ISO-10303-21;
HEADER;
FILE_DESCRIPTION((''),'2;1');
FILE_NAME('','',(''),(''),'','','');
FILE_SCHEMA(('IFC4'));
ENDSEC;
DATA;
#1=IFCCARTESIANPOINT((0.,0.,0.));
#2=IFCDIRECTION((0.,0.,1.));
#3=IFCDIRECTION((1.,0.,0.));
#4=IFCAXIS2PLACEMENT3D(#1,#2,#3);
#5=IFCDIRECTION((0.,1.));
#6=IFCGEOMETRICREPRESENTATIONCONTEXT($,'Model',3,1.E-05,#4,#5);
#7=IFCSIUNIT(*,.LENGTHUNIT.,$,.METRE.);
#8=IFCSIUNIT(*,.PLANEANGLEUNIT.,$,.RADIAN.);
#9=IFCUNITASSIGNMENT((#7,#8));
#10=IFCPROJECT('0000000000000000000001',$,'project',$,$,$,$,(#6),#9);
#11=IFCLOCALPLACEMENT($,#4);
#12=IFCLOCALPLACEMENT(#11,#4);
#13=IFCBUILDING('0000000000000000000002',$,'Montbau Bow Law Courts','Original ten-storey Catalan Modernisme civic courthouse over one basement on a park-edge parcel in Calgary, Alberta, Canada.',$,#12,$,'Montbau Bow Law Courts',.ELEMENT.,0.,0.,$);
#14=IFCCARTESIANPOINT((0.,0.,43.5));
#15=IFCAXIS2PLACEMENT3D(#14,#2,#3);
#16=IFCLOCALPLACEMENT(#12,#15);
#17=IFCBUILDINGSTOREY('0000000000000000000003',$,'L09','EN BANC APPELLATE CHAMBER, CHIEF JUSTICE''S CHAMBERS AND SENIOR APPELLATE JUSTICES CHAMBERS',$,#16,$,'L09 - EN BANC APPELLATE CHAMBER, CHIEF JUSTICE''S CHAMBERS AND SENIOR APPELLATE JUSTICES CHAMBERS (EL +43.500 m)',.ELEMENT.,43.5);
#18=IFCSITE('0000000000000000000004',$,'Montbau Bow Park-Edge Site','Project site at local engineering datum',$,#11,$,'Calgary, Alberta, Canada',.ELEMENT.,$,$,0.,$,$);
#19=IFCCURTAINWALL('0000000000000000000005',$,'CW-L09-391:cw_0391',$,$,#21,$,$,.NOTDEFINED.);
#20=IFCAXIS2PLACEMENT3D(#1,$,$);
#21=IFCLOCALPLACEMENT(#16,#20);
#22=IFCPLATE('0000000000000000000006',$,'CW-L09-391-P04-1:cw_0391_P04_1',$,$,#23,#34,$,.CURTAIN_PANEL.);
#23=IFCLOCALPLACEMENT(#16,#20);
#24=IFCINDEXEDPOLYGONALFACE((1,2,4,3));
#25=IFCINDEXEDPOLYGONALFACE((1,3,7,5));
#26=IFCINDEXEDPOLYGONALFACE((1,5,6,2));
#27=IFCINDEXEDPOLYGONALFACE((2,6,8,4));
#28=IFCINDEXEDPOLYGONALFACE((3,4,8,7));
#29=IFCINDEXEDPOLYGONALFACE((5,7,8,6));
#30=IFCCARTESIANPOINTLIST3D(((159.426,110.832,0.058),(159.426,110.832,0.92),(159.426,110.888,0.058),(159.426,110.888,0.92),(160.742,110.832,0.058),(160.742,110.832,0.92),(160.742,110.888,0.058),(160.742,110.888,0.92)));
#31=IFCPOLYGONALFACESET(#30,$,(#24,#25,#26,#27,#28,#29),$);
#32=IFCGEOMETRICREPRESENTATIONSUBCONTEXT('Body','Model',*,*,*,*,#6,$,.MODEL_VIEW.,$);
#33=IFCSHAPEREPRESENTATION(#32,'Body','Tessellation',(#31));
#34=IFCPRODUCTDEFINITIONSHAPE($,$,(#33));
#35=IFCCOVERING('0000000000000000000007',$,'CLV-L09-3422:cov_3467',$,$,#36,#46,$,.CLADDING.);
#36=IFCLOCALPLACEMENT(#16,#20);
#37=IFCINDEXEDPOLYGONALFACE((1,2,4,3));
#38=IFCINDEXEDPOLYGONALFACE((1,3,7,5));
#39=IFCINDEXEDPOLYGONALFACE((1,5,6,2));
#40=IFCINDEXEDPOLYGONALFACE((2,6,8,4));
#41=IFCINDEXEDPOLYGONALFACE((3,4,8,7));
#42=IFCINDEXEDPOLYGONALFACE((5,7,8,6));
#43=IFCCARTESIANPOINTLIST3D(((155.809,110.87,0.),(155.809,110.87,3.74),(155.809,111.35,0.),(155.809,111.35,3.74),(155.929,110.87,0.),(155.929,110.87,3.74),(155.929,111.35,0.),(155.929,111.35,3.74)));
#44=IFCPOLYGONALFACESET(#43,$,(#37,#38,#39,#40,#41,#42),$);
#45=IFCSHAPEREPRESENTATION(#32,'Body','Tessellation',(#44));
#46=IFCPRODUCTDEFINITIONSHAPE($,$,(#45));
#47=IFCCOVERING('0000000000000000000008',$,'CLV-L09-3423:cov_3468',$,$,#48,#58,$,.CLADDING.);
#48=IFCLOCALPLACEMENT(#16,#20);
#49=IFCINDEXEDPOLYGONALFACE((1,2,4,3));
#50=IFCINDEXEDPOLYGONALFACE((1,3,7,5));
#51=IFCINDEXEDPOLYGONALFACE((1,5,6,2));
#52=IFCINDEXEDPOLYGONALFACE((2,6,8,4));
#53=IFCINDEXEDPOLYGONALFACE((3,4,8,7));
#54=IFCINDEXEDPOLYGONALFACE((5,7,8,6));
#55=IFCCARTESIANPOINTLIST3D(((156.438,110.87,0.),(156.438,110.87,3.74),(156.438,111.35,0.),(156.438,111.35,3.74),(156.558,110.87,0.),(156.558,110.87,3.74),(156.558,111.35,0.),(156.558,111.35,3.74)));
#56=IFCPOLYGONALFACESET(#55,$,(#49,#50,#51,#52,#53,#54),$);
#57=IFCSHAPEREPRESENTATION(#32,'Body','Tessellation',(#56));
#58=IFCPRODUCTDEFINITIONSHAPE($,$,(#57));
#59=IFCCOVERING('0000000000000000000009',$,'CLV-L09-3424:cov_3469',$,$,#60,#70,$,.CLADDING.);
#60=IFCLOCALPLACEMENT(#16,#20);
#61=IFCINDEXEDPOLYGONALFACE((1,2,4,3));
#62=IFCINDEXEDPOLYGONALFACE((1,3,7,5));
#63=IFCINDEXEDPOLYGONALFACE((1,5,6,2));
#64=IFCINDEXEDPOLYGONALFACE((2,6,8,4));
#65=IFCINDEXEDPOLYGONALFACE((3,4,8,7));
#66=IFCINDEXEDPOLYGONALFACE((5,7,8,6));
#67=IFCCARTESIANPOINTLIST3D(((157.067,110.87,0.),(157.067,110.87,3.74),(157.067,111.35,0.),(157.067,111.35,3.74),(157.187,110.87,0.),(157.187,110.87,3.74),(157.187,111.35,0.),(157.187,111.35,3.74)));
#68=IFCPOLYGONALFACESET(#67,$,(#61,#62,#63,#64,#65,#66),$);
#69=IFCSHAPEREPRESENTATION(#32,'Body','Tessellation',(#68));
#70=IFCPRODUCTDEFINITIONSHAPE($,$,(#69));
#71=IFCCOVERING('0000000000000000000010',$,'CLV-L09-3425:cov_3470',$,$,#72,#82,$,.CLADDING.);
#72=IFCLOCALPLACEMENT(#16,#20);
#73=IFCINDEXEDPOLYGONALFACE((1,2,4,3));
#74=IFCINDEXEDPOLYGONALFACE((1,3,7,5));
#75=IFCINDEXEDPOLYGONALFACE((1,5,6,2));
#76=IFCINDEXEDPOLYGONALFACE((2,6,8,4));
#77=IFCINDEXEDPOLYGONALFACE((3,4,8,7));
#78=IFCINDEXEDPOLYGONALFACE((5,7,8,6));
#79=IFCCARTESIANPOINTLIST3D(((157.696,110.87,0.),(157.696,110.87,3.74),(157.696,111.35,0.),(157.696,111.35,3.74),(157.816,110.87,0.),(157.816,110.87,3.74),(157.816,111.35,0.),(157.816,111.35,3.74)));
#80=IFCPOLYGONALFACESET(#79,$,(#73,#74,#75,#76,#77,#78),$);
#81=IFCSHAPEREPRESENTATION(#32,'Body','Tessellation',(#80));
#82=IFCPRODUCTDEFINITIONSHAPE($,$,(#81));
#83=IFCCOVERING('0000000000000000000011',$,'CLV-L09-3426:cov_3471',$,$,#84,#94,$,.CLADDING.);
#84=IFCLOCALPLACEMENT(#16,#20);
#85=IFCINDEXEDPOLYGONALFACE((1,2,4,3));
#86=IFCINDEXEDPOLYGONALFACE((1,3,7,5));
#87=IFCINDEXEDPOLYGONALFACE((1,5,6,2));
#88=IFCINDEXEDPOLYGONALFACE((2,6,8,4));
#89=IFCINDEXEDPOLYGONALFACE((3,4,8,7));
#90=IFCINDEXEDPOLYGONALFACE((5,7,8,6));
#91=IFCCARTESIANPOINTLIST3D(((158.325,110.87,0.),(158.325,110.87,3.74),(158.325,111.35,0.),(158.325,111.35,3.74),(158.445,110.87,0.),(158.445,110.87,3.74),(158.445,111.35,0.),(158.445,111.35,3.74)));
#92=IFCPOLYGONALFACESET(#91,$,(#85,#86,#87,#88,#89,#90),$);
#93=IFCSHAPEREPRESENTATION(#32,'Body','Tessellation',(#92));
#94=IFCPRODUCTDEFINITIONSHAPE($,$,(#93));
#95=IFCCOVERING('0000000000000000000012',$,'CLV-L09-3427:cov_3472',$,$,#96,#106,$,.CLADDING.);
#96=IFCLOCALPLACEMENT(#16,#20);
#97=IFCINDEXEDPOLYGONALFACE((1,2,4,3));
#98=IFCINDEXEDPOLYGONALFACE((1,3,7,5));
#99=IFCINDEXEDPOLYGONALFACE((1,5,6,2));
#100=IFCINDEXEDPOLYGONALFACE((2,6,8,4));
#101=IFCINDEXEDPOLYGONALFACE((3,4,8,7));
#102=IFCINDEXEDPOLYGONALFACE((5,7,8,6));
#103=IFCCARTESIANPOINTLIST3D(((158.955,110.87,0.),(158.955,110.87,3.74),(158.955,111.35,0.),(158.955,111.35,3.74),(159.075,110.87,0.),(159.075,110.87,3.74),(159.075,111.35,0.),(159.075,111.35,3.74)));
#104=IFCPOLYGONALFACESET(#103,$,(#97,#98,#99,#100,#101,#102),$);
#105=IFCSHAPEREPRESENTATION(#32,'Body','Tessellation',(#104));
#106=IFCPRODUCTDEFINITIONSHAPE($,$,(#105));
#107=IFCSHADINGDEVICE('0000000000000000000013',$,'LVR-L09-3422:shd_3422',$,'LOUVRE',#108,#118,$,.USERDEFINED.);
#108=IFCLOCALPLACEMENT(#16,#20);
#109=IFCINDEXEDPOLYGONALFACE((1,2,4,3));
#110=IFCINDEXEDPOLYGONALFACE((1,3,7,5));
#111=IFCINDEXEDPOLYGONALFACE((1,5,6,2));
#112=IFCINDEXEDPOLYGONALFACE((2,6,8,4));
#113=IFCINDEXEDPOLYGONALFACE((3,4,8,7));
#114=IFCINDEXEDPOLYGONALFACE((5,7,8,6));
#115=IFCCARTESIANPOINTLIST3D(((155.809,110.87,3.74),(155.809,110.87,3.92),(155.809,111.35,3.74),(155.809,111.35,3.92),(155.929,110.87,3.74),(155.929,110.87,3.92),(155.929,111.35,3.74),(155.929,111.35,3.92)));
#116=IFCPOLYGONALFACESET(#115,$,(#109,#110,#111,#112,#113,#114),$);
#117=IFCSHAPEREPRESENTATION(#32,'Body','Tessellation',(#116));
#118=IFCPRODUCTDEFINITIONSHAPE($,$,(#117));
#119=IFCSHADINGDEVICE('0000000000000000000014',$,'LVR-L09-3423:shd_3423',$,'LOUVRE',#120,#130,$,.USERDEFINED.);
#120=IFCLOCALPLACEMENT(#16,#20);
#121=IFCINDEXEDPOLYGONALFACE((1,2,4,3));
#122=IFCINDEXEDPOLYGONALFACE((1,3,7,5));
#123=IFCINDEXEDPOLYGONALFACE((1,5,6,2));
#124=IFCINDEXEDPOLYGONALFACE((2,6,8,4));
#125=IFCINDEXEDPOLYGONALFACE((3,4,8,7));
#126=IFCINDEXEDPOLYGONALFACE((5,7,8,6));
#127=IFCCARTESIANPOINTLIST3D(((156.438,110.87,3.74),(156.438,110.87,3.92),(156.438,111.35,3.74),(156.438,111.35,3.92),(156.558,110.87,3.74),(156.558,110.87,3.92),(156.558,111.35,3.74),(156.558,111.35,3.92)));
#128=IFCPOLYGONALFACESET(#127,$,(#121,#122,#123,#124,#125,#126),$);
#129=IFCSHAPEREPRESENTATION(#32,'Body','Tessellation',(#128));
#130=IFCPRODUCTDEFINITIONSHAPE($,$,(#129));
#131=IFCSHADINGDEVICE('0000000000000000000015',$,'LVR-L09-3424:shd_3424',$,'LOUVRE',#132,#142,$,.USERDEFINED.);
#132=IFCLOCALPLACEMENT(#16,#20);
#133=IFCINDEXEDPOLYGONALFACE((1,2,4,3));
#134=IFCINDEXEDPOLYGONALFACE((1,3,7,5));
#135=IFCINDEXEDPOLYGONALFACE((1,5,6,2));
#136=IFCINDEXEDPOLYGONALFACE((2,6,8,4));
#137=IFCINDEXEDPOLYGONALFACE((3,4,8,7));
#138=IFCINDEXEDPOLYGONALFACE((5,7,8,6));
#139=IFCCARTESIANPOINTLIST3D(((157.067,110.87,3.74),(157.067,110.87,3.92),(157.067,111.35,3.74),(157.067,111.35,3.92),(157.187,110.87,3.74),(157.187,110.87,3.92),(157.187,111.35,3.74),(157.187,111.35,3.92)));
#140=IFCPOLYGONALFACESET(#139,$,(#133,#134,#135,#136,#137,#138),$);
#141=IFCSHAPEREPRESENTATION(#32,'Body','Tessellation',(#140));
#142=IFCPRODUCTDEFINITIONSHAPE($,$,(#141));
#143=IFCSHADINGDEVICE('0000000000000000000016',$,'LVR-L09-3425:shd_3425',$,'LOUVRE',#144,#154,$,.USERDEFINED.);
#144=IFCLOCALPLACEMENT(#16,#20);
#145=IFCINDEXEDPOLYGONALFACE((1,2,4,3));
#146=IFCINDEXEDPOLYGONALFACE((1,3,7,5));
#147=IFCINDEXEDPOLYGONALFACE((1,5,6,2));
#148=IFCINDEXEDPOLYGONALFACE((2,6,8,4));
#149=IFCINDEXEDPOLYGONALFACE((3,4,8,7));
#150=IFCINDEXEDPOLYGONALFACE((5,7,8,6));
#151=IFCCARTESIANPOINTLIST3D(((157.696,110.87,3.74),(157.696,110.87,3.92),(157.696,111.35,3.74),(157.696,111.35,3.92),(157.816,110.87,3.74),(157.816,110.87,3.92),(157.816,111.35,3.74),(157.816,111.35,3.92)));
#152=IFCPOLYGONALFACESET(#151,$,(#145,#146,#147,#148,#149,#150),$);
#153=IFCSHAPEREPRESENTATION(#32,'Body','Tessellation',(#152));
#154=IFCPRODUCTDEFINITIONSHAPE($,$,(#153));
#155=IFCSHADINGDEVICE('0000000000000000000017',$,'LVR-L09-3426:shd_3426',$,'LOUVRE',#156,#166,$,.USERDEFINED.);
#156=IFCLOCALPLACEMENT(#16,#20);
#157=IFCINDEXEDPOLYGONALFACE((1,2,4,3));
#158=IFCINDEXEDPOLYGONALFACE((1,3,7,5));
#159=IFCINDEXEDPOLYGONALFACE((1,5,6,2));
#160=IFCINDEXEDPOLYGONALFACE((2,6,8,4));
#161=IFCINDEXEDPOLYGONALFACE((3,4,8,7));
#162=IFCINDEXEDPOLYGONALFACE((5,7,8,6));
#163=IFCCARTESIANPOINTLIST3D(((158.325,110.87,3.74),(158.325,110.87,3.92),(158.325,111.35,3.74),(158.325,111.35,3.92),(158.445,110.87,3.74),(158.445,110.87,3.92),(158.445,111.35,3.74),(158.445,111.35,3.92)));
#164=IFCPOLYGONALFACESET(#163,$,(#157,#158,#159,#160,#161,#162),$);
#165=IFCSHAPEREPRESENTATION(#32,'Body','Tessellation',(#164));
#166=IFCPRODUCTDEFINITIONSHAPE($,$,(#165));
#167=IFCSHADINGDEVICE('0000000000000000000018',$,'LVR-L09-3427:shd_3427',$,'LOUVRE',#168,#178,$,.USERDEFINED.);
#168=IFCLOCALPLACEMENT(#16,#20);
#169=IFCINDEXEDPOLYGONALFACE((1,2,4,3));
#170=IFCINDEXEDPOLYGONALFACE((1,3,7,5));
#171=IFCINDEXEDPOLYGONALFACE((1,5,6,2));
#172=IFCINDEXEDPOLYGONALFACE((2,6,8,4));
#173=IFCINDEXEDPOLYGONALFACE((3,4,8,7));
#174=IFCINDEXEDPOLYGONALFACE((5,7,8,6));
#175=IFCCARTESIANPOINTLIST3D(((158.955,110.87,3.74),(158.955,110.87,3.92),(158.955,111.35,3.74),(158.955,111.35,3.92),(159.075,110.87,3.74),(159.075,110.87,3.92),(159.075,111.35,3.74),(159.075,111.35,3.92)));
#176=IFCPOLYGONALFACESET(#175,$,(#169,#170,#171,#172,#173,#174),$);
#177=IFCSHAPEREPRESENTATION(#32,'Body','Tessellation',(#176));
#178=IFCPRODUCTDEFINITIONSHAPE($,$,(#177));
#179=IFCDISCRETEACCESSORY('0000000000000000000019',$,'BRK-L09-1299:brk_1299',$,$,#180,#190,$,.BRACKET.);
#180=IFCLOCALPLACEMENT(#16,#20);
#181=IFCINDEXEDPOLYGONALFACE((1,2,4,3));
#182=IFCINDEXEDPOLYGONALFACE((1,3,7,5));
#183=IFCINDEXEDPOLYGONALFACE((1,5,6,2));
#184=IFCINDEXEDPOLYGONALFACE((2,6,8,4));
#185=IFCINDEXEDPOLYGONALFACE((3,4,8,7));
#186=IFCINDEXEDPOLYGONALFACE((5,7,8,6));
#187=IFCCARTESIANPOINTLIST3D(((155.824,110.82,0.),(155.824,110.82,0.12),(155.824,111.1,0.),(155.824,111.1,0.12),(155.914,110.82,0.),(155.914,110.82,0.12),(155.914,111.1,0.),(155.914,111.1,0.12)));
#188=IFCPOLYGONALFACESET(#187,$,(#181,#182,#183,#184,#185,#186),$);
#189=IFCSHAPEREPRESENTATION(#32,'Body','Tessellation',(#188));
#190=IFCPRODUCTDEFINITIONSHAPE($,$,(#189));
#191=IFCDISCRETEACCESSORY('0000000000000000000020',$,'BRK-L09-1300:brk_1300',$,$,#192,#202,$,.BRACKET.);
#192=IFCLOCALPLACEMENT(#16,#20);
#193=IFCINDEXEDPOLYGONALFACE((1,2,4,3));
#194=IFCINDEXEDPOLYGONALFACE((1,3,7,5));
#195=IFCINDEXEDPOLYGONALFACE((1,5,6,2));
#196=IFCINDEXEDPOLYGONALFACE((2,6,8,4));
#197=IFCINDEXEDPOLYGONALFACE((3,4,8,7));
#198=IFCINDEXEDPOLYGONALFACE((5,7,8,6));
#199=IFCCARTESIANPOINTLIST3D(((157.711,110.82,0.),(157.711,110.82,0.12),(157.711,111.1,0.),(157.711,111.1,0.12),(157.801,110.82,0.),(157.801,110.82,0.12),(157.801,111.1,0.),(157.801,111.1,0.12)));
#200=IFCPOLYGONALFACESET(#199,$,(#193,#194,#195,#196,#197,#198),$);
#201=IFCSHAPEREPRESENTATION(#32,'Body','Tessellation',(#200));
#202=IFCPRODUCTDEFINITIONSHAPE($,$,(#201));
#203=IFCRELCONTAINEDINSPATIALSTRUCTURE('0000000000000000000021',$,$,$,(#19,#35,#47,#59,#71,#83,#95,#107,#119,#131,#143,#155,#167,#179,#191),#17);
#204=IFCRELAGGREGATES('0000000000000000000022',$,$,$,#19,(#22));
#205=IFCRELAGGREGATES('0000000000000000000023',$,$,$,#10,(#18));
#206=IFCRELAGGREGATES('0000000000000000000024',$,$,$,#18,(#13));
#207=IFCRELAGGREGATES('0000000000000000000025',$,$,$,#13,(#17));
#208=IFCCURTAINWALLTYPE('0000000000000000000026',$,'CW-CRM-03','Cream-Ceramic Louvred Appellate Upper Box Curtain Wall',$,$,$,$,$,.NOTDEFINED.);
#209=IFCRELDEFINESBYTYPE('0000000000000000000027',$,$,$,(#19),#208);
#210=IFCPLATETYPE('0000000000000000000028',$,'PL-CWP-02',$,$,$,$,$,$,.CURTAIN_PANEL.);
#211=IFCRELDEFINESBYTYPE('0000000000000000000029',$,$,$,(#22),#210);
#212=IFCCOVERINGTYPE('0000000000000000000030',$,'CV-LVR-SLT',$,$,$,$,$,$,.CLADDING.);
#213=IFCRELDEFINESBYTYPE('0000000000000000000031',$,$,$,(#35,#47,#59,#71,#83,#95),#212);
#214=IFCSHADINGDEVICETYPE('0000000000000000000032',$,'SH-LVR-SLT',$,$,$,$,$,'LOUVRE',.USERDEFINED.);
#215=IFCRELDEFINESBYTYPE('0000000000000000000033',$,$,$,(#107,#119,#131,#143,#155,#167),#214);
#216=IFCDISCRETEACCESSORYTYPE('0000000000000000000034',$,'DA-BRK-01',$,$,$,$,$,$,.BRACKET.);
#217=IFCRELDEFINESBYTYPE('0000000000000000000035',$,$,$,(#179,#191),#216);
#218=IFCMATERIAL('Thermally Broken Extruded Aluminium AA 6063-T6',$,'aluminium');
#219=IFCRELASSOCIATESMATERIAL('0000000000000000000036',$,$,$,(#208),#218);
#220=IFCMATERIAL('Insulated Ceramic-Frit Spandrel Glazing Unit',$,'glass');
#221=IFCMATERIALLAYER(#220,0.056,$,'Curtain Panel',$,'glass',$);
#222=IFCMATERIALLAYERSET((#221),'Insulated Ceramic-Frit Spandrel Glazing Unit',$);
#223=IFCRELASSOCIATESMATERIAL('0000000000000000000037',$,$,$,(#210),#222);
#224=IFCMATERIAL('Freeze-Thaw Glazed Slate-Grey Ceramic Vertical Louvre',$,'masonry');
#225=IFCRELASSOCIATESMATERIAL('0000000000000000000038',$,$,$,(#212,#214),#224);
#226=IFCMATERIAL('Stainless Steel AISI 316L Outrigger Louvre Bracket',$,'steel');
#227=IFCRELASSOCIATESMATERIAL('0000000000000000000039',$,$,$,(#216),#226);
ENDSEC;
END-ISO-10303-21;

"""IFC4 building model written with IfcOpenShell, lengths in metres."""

from ifc_helpers import new_model, si_unit, direction, frame, frame_2d, origin_with_axes, origin_2d_with_axis, place, context, subcontext, project, spatial, rectangle, extrude, material, layer, layer_set, type_object, element, aggregate, save


model = new_model("IFC4")

# Units and contexts
model_context = context("Model", 3, precision=1e-05, world=origin_with_axes(), true_north=direction((0.0, 1.0)))
body_context = subcontext(model_context, "Body", "Model", "MODEL_VIEW")
ifc_project = project(units=[si_unit("LENGTHUNIT", "METRE"), si_unit("PLANEANGLEUNIT", "RADIAN")], contexts=[model_context])

# Site, building, storey
site_placement = place(None, origin_with_axes())
site = spatial("IfcSite", under=ifc_project, at=site_placement, Name="Montbau Bow Park-Edge Site", Description="Project site at local engineering datum", LongName="Calgary, Alberta, Canada", CompositionType="ELEMENT", RefElevation=0.0)
building_placement = place(site_placement, origin_with_axes())
building = spatial("IfcBuilding", under=site, at=building_placement, Name="Montbau Bow Law Courts", Description="Original ten-storey Catalan Modernisme civic courthouse over one basement on a park-edge parcel in Calgary, Alberta, Canada.", LongName="Montbau Bow Law Courts", CompositionType="ELEMENT", ElevationOfRefHeight=0.0, ElevationOfTerrain=0.0)
storey_placement = place(building_placement, frame((0.0, 0.0, 43.5), z_axis=(0.0, 0.0, 1.0), x_axis=(1.0, 0.0, 0.0)))
storey = spatial("IfcBuildingStorey", under=building, at=storey_placement, Name="L09", Description="EN BANC APPELLATE CHAMBER, CHIEF JUSTICE'S CHAMBERS AND SENIOR APPELLATE JUSTICES CHAMBERS", LongName="L09 - EN BANC APPELLATE CHAMBER, CHIEF JUSTICE'S CHAMBERS AND SENIOR APPELLATE JUSTICES CHAMBERS (EL +43.500 m)", CompositionType="ELEMENT", Elevation=43.5)

# Curtain wall, plate
ifc_material_1 = material(Name="Thermally Broken Extruded Aluminium AA 6063-T6", Category="aluminium")
curtain_wall_type = type_object("IfcCurtainWallType", Name="CW-CRM-03", Description="Cream-Ceramic Louvred Appellate Upper Box Curtain Wall", PredefinedType="NOTDEFINED", material=ifc_material_1)
curtain_wall_placement = place(None, frame((155.24, 110.86, 43.5), z_axis=(0.0, 0.0, 1.0), x_axis=(1.0, 0.0, 0.0)))
curtain_wall = element("IfcCurtainWall", 1, at=curtain_wall_placement, inside=storey, type_object=curtain_wall_type, Name="CW-L09-391:cw_0391", PredefinedType="NOTDEFINED")
ifc_material_2 = material(Name="Insulated Ceramic-Frit Spandrel Glazing Unit", Category="glass")
ifc_layer_1 = layer(ifc_material_2, 0.056, Name="Curtain Panel", Category="glass")
ifc_layer_set_1 = layer_set([ifc_layer_1], Name="Insulated Ceramic-Frit Spandrel Glazing Unit")
plate_type_1 = type_object("IfcPlateType", Name="PL-CWP-02", PredefinedType="CURTAIN_PANEL", material=ifc_layer_set_1)
plate_1_placement = place(None, frame((159.426, 110.86, 43.558), z_axis=(0.0, -1.0, 0.0), x_axis=(1.0, 0.0, 0.0)))
plate_1 = element("IfcPlate", 2, at=plate_1_placement, type_object=plate_type_1, Name="CW-L09-391-P04-1:cw_0391_P04_1", PredefinedType="CURTAIN_PANEL", context=body_context, shape_type="SweptSolid", body=[
    extrude(rectangle(XDim=1.316, YDim=0.862, at=frame_2d((0.658, 0.431), x_axis=(1.0, 0.0))), frame((0.0, 0.0, -0.028), z_axis=(0.0, 0.0, 1.0), x_axis=(1.0, 0.0, 0.0)), (0.0, 0.0, 1.0), 0.056),
])
aggregate(curtain_wall, [plate_1])

# Coverings
ifc_material_3 = material(Name="Freeze-Thaw Glazed Slate-Grey Ceramic Vertical Louvre", Category="masonry")
covering_type = type_object("IfcCoveringType", Name="CV-LVR-SLT", PredefinedType="CLADDING", material=ifc_material_3)
for number, where, z_axis, x_axis, name in (
    (3, (155.869, 110.87, 43.5), (1.0, 0.0, 0.0), (0.0, 1.0, 0.0), "CLV-L09-3422:cov_3467"),
    (4, (156.498, 110.87, 43.5), (1.0, 0.0, 0.0), (0.0, 1.0, 0.0), "CLV-L09-3423:cov_3468"),
    (5, (157.127, 110.87, 43.5), (1.0, 0.0, 0.0), (0.0, 1.0, 0.0), "CLV-L09-3424:cov_3469"),
    (6, (157.756, 110.87, 43.5), (1.0, 0.0, 0.0), (0.0, 1.0, 0.0), "CLV-L09-3425:cov_3470"),
    (7, (158.385, 110.87, 43.5), (1.0, 0.0, 0.0), (0.0, 1.0, 0.0), "CLV-L09-3426:cov_3471"),
    (8, (159.015, 110.87, 43.5), (1.0, 0.0, 0.0), (0.0, 1.0, 0.0), "CLV-L09-3427:cov_3472"),
):
    element("IfcCovering", number, at=place(None, frame(where, z_axis=z_axis, x_axis=x_axis)), inside=storey, type_object=covering_type, Name=name, PredefinedType="CLADDING", context=body_context, shape_type="SweptSolid", body=[
        extrude(rectangle(XDim=0.48, YDim=3.74, at=frame_2d((0.24, 1.87), x_axis=(1.0, 0.0))), frame((0.0, 0.0, -0.06), z_axis=(0.0, 0.0, 1.0), x_axis=(1.0, 0.0, 0.0)), (0.0, 0.0, 1.0), 0.12),
    ])

# Shading devices
shading_device_type = type_object("IfcShadingDeviceType", Name="SH-LVR-SLT", ElementType="LOUVRE", PredefinedType="USERDEFINED", material=ifc_material_3)
for number, where, z_axis, x_axis, name in (
    (9, (155.869, 111.11, 47.24), (0.0, 0.0, 1.0), (0.0, 1.0, 0.0), "LVR-L09-3422:shd_3422"),
    (10, (156.498, 111.11, 47.24), (0.0, 0.0, 1.0), (0.0, 1.0, 0.0), "LVR-L09-3423:shd_3423"),
    (11, (157.127, 111.11, 47.24), (0.0, 0.0, 1.0), (0.0, 1.0, 0.0), "LVR-L09-3424:shd_3424"),
    (12, (157.756, 111.11, 47.24), (0.0, 0.0, 1.0), (0.0, 1.0, 0.0), "LVR-L09-3425:shd_3425"),
    (13, (158.385, 111.11, 47.24), (0.0, 0.0, 1.0), (0.0, 1.0, 0.0), "LVR-L09-3426:shd_3426"),
    (14, (159.015, 111.11, 47.24), (0.0, 0.0, 1.0), (0.0, 1.0, 0.0), "LVR-L09-3427:shd_3427"),
):
    element("IfcShadingDevice", number, at=place(None, frame(where, z_axis=z_axis, x_axis=x_axis)), inside=storey, type_object=shading_device_type, Name=name, ObjectType="LOUVRE", PredefinedType="USERDEFINED", context=body_context, shape_type="SweptSolid", body=[
        extrude(rectangle(XDim=0.48, YDim=0.12, at=origin_2d_with_axis()), origin_with_axes(), (0.0, 0.0, 1.0), 0.18),
    ])

# Discrete accessories
ifc_material_4 = material(Name="Stainless Steel AISI 316L Outrigger Louvre Bracket", Category="steel")
discrete_accessory_type = type_object("IfcDiscreteAccessoryType", Name="DA-BRK-01", PredefinedType="BRACKET", material=ifc_material_4)
for number, where, z_axis, x_axis, name in (
    (15, (155.869, 110.96, 43.5), (0.0, 0.0, 1.0), (0.0, 1.0, 0.0), "BRK-L09-1299:brk_1299"),
    (16, (157.756, 110.96, 43.5), (0.0, 0.0, 1.0), (0.0, 1.0, 0.0), "BRK-L09-1300:brk_1300"),
):
    element("IfcDiscreteAccessory", number, at=place(None, frame(where, z_axis=z_axis, x_axis=x_axis)), inside=storey, type_object=discrete_accessory_type, Name=name, PredefinedType="BRACKET", context=body_context, shape_type="SweptSolid", body=[
        extrude(rectangle(XDim=0.28, YDim=0.09, at=origin_2d_with_axis()), origin_with_axes(), (0.0, 0.0, 1.0), 0.12),
    ])

save(model, "model.ifc")
